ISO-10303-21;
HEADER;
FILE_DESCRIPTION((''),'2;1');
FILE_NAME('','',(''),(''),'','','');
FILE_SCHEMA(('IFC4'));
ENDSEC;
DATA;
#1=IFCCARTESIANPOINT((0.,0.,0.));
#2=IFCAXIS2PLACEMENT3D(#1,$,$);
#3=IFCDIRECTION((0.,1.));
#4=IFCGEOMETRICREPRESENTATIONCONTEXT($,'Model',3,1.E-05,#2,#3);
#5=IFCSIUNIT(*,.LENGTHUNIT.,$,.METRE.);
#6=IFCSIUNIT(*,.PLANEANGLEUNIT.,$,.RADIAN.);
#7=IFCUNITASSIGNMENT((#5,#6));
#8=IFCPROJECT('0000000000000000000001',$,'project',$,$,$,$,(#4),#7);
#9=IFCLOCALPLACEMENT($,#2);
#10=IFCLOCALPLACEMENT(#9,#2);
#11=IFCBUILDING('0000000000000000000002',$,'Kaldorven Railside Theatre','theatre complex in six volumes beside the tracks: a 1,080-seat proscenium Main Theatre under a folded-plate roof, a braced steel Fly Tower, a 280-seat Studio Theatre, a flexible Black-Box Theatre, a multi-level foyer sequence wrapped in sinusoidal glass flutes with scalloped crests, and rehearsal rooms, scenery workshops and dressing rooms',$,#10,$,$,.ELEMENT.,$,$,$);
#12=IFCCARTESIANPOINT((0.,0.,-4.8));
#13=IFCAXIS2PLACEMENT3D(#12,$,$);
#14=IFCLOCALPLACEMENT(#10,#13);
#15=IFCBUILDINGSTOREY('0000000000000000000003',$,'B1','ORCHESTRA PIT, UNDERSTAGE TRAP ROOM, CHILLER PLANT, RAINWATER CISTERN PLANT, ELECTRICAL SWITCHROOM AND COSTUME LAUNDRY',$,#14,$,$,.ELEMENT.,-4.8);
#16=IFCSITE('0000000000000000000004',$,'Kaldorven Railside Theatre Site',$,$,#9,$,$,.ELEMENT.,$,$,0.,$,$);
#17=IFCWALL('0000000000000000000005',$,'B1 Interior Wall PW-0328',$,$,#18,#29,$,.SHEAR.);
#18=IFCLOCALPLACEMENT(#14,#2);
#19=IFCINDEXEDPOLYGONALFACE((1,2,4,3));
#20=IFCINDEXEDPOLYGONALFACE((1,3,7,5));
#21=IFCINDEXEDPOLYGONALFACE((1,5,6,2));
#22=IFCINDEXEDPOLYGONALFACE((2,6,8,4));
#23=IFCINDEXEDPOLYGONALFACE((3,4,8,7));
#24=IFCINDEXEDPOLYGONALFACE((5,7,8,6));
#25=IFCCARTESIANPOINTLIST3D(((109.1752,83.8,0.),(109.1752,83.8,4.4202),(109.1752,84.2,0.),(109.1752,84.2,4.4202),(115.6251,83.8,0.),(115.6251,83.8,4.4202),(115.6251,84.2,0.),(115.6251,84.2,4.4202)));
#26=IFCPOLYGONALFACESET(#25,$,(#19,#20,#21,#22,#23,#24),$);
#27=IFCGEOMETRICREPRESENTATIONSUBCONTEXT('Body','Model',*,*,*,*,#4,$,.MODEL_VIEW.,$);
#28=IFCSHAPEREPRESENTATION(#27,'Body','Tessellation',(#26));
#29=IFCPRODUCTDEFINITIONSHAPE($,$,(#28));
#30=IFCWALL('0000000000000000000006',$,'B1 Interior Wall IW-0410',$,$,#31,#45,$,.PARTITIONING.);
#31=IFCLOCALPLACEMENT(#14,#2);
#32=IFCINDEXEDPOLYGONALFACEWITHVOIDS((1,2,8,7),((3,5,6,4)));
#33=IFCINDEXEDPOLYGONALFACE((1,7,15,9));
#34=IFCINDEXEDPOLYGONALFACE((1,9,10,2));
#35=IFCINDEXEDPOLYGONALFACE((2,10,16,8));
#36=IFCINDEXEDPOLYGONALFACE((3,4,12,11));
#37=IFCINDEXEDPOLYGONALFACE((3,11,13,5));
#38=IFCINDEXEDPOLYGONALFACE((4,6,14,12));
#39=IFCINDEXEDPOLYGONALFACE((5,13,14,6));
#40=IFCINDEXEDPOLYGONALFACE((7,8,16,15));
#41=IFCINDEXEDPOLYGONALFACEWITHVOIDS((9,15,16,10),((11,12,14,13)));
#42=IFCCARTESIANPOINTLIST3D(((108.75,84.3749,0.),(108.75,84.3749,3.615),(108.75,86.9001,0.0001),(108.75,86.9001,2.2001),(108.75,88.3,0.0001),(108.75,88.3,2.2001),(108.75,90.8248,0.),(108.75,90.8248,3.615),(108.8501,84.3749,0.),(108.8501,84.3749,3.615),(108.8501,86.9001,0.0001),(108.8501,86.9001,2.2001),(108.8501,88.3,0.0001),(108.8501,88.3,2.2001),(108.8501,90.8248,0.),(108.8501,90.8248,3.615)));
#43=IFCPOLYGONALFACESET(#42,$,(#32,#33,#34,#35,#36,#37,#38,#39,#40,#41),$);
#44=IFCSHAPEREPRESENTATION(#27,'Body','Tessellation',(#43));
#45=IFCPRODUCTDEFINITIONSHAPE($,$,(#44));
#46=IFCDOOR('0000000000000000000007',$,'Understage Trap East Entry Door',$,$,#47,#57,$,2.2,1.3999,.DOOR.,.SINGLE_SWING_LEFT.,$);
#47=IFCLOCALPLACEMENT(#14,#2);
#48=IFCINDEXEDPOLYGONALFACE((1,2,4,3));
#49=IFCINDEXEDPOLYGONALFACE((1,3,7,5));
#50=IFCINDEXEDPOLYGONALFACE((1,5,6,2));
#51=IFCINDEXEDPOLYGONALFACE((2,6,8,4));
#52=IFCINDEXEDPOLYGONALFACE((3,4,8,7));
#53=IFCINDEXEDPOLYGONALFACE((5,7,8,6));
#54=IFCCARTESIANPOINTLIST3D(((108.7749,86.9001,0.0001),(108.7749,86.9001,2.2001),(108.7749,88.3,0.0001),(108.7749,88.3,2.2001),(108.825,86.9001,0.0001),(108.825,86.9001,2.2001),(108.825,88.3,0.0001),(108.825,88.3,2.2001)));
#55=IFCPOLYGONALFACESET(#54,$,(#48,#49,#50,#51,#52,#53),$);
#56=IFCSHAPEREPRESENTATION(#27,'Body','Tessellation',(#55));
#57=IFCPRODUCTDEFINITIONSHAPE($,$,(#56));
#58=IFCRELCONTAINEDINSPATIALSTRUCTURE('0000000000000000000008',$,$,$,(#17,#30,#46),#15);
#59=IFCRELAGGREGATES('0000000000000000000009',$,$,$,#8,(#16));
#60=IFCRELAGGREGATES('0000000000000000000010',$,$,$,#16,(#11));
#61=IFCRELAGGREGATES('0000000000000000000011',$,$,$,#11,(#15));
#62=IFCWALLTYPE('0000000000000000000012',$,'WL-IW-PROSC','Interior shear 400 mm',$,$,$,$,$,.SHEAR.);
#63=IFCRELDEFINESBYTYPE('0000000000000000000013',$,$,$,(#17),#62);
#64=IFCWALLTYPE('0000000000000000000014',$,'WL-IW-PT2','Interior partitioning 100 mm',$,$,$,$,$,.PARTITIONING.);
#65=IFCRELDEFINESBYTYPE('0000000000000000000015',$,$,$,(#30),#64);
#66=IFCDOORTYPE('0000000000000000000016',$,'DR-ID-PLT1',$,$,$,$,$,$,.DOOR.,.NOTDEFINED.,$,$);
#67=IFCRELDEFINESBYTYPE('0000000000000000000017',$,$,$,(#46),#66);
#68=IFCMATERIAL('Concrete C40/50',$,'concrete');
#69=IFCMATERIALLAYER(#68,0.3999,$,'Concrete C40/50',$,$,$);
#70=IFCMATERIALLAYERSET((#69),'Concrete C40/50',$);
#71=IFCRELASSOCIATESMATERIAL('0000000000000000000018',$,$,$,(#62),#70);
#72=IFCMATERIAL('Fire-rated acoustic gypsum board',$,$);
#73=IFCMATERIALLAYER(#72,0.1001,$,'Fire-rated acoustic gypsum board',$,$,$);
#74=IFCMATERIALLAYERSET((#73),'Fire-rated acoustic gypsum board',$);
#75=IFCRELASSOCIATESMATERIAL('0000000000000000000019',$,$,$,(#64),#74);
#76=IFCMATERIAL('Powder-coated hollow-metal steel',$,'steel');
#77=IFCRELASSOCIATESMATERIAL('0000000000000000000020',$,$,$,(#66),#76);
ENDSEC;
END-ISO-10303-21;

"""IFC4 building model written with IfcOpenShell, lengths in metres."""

from ifc_helpers import new_model, si_unit, direction, frame, frame_2d, origin, place, context, subcontext, project, spatial, rectangle, extrude, material, layer, layer_set, type_object, element, fill, save


model = new_model("IFC4")

# Units and contexts
model_context = context("Model", 3, precision=1e-05, world=origin(), true_north=direction((0.0, 1.0)))
body_context = subcontext(model_context, "Body", "Model", "MODEL_VIEW")
ifc_project = project(units=[si_unit("LENGTHUNIT", "METRE"), si_unit("PLANEANGLEUNIT", "RADIAN")], contexts=[model_context])

# Site, building, storey
site_placement = place(None, origin())
site = spatial("IfcSite", under=ifc_project, at=site_placement, Name="Kaldorven Railside Theatre Site", CompositionType="ELEMENT", RefElevation=0.0)
building_placement = place(site_placement, origin())
building = spatial("IfcBuilding", under=site, at=building_placement, Name="Kaldorven Railside Theatre", Description="theatre complex in six volumes beside the tracks: a 1,080-seat proscenium Main Theatre under a folded-plate roof, a braced steel Fly Tower, a 280-seat Studio Theatre, a flexible Black-Box Theatre, a multi-level foyer sequence wrapped in sinusoidal glass flutes with scalloped crests, and rehearsal rooms, scenery workshops and dressing rooms", CompositionType="ELEMENT")
storey_placement = place(building_placement, frame((0.0, 0.0, -4.8)))
storey = spatial("IfcBuildingStorey", under=building, at=storey_placement, Name="B1", Description="ORCHESTRA PIT, UNDERSTAGE TRAP ROOM, CHILLER PLANT, RAINWATER CISTERN PLANT, ELECTRICAL SWITCHROOM AND COSTUME LAUNDRY", CompositionType="ELEMENT", Elevation=-4.8)

# Shared definitions
ifc_material_1 = material(Name="Concrete C40/50", Category="concrete")

# Shared definitions
ifc_layer_1 = layer(ifc_material_1, 0.3999, Name="Concrete C40/50")
ifc_layer_set_1 = layer_set([ifc_layer_1], Name="Concrete C40/50")
wall_type_1 = type_object("IfcWallType", Name="WL-IW-PROSC", Description="Interior shear 400 mm", PredefinedType="SHEAR", material=ifc_layer_set_1)
ifc_material_2 = material(Name="Powder-coated hollow-metal steel", Category="steel")

# Wall
wall_1_placement = place(storey_placement, frame((109.175, 84.0, 0.0), z_axis=(0.0, 0.0, 1.0), x_axis=(1.0, 0.0, 0.0)))
element("IfcWall", 1, at=wall_1_placement, inside=storey, type_object=wall_type_1, Name="B1 Interior Wall PW-0328", PredefinedType="SHEAR", context=body_context, shape_type="SweptSolid", body=[
    extrude(rectangle(XDim=6.45, YDim=0.3999, at=frame_2d((3.2251, 0.0))), origin(), (0.0, 0.0, 1.0), 4.4202),
])

# Wall, opening, door
ifc_material_3 = material(Name="Fire-rated acoustic gypsum board")
ifc_layer_2 = layer(ifc_material_3, 0.1001, Name="Fire-rated acoustic gypsum board")
ifc_layer_set_2 = layer_set([ifc_layer_2], Name="Fire-rated acoustic gypsum board")
wall_type_2 = type_object("IfcWallType", Name="WL-IW-PT2", Description="Interior partitioning 100 mm", PredefinedType="PARTITIONING", material=ifc_layer_set_2)
wall_2_placement = place(storey_placement, frame((108.8, 90.825, 0.0), z_axis=(0.0, 0.0, 1.0), x_axis=(0.0, -1.0, 0.0)))
wall_2 = element("IfcWall", 2, at=wall_2_placement, inside=storey, type_object=wall_type_2, Name="B1 Interior Wall IW-0410", PredefinedType="PARTITIONING", context=body_context, shape_type="SweptSolid", body=[
    extrude(rectangle(XDim=6.45, YDim=0.1001, at=frame_2d((3.2251, 0.0))), origin(), (0.0, 0.0, 1.0), 3.615),
])
opening_1_placement = place(wall_2_placement, frame((2.5249, 0.0, 0.0)))
opening_1 = element("IfcOpeningElement", 3, at=opening_1_placement, cuts=wall_2, PredefinedType="OPENING", context=body_context, shape_type="SweptSolid", body=[
    extrude(rectangle(XDim=1.3999, YDim=2.2, at=frame_2d((0.7, 1.1001))), frame((0.0, 0.0601, 0.0), z_axis=(0.0, -1.0, 0.0), x_axis=(1.0, 0.0, 0.0)), (0.0, 0.0, 1.0), 0.1201),
])
door_type_1 = type_object("IfcDoorType", Name="DR-ID-PLT1", OperationType="NOTDEFINED", PredefinedType="DOOR", material=ifc_material_2)
door_1_placement = place(opening_1_placement, origin())
door_1 = element("IfcDoor", 4, at=door_1_placement, inside=storey, type_object=door_type_1, Name="Understage Trap East Entry Door", OperationType="SINGLE_SWING_LEFT", OverallHeight=2.2, OverallWidth=1.3999, PredefinedType="DOOR", context=body_context, shape_type="SweptSolid", body=[
    extrude(rectangle(XDim=1.3999, YDim=2.2, at=frame_2d((0.7, 1.1001))), frame((0.0, 0.0249, 0.0), z_axis=(0.0, -1.0, 0.0), x_axis=(1.0, 0.0, 0.0)), (0.0, 0.0, 1.0), 0.05),
])
fill(opening_1, door_1)

save(model, "model.ifc")
